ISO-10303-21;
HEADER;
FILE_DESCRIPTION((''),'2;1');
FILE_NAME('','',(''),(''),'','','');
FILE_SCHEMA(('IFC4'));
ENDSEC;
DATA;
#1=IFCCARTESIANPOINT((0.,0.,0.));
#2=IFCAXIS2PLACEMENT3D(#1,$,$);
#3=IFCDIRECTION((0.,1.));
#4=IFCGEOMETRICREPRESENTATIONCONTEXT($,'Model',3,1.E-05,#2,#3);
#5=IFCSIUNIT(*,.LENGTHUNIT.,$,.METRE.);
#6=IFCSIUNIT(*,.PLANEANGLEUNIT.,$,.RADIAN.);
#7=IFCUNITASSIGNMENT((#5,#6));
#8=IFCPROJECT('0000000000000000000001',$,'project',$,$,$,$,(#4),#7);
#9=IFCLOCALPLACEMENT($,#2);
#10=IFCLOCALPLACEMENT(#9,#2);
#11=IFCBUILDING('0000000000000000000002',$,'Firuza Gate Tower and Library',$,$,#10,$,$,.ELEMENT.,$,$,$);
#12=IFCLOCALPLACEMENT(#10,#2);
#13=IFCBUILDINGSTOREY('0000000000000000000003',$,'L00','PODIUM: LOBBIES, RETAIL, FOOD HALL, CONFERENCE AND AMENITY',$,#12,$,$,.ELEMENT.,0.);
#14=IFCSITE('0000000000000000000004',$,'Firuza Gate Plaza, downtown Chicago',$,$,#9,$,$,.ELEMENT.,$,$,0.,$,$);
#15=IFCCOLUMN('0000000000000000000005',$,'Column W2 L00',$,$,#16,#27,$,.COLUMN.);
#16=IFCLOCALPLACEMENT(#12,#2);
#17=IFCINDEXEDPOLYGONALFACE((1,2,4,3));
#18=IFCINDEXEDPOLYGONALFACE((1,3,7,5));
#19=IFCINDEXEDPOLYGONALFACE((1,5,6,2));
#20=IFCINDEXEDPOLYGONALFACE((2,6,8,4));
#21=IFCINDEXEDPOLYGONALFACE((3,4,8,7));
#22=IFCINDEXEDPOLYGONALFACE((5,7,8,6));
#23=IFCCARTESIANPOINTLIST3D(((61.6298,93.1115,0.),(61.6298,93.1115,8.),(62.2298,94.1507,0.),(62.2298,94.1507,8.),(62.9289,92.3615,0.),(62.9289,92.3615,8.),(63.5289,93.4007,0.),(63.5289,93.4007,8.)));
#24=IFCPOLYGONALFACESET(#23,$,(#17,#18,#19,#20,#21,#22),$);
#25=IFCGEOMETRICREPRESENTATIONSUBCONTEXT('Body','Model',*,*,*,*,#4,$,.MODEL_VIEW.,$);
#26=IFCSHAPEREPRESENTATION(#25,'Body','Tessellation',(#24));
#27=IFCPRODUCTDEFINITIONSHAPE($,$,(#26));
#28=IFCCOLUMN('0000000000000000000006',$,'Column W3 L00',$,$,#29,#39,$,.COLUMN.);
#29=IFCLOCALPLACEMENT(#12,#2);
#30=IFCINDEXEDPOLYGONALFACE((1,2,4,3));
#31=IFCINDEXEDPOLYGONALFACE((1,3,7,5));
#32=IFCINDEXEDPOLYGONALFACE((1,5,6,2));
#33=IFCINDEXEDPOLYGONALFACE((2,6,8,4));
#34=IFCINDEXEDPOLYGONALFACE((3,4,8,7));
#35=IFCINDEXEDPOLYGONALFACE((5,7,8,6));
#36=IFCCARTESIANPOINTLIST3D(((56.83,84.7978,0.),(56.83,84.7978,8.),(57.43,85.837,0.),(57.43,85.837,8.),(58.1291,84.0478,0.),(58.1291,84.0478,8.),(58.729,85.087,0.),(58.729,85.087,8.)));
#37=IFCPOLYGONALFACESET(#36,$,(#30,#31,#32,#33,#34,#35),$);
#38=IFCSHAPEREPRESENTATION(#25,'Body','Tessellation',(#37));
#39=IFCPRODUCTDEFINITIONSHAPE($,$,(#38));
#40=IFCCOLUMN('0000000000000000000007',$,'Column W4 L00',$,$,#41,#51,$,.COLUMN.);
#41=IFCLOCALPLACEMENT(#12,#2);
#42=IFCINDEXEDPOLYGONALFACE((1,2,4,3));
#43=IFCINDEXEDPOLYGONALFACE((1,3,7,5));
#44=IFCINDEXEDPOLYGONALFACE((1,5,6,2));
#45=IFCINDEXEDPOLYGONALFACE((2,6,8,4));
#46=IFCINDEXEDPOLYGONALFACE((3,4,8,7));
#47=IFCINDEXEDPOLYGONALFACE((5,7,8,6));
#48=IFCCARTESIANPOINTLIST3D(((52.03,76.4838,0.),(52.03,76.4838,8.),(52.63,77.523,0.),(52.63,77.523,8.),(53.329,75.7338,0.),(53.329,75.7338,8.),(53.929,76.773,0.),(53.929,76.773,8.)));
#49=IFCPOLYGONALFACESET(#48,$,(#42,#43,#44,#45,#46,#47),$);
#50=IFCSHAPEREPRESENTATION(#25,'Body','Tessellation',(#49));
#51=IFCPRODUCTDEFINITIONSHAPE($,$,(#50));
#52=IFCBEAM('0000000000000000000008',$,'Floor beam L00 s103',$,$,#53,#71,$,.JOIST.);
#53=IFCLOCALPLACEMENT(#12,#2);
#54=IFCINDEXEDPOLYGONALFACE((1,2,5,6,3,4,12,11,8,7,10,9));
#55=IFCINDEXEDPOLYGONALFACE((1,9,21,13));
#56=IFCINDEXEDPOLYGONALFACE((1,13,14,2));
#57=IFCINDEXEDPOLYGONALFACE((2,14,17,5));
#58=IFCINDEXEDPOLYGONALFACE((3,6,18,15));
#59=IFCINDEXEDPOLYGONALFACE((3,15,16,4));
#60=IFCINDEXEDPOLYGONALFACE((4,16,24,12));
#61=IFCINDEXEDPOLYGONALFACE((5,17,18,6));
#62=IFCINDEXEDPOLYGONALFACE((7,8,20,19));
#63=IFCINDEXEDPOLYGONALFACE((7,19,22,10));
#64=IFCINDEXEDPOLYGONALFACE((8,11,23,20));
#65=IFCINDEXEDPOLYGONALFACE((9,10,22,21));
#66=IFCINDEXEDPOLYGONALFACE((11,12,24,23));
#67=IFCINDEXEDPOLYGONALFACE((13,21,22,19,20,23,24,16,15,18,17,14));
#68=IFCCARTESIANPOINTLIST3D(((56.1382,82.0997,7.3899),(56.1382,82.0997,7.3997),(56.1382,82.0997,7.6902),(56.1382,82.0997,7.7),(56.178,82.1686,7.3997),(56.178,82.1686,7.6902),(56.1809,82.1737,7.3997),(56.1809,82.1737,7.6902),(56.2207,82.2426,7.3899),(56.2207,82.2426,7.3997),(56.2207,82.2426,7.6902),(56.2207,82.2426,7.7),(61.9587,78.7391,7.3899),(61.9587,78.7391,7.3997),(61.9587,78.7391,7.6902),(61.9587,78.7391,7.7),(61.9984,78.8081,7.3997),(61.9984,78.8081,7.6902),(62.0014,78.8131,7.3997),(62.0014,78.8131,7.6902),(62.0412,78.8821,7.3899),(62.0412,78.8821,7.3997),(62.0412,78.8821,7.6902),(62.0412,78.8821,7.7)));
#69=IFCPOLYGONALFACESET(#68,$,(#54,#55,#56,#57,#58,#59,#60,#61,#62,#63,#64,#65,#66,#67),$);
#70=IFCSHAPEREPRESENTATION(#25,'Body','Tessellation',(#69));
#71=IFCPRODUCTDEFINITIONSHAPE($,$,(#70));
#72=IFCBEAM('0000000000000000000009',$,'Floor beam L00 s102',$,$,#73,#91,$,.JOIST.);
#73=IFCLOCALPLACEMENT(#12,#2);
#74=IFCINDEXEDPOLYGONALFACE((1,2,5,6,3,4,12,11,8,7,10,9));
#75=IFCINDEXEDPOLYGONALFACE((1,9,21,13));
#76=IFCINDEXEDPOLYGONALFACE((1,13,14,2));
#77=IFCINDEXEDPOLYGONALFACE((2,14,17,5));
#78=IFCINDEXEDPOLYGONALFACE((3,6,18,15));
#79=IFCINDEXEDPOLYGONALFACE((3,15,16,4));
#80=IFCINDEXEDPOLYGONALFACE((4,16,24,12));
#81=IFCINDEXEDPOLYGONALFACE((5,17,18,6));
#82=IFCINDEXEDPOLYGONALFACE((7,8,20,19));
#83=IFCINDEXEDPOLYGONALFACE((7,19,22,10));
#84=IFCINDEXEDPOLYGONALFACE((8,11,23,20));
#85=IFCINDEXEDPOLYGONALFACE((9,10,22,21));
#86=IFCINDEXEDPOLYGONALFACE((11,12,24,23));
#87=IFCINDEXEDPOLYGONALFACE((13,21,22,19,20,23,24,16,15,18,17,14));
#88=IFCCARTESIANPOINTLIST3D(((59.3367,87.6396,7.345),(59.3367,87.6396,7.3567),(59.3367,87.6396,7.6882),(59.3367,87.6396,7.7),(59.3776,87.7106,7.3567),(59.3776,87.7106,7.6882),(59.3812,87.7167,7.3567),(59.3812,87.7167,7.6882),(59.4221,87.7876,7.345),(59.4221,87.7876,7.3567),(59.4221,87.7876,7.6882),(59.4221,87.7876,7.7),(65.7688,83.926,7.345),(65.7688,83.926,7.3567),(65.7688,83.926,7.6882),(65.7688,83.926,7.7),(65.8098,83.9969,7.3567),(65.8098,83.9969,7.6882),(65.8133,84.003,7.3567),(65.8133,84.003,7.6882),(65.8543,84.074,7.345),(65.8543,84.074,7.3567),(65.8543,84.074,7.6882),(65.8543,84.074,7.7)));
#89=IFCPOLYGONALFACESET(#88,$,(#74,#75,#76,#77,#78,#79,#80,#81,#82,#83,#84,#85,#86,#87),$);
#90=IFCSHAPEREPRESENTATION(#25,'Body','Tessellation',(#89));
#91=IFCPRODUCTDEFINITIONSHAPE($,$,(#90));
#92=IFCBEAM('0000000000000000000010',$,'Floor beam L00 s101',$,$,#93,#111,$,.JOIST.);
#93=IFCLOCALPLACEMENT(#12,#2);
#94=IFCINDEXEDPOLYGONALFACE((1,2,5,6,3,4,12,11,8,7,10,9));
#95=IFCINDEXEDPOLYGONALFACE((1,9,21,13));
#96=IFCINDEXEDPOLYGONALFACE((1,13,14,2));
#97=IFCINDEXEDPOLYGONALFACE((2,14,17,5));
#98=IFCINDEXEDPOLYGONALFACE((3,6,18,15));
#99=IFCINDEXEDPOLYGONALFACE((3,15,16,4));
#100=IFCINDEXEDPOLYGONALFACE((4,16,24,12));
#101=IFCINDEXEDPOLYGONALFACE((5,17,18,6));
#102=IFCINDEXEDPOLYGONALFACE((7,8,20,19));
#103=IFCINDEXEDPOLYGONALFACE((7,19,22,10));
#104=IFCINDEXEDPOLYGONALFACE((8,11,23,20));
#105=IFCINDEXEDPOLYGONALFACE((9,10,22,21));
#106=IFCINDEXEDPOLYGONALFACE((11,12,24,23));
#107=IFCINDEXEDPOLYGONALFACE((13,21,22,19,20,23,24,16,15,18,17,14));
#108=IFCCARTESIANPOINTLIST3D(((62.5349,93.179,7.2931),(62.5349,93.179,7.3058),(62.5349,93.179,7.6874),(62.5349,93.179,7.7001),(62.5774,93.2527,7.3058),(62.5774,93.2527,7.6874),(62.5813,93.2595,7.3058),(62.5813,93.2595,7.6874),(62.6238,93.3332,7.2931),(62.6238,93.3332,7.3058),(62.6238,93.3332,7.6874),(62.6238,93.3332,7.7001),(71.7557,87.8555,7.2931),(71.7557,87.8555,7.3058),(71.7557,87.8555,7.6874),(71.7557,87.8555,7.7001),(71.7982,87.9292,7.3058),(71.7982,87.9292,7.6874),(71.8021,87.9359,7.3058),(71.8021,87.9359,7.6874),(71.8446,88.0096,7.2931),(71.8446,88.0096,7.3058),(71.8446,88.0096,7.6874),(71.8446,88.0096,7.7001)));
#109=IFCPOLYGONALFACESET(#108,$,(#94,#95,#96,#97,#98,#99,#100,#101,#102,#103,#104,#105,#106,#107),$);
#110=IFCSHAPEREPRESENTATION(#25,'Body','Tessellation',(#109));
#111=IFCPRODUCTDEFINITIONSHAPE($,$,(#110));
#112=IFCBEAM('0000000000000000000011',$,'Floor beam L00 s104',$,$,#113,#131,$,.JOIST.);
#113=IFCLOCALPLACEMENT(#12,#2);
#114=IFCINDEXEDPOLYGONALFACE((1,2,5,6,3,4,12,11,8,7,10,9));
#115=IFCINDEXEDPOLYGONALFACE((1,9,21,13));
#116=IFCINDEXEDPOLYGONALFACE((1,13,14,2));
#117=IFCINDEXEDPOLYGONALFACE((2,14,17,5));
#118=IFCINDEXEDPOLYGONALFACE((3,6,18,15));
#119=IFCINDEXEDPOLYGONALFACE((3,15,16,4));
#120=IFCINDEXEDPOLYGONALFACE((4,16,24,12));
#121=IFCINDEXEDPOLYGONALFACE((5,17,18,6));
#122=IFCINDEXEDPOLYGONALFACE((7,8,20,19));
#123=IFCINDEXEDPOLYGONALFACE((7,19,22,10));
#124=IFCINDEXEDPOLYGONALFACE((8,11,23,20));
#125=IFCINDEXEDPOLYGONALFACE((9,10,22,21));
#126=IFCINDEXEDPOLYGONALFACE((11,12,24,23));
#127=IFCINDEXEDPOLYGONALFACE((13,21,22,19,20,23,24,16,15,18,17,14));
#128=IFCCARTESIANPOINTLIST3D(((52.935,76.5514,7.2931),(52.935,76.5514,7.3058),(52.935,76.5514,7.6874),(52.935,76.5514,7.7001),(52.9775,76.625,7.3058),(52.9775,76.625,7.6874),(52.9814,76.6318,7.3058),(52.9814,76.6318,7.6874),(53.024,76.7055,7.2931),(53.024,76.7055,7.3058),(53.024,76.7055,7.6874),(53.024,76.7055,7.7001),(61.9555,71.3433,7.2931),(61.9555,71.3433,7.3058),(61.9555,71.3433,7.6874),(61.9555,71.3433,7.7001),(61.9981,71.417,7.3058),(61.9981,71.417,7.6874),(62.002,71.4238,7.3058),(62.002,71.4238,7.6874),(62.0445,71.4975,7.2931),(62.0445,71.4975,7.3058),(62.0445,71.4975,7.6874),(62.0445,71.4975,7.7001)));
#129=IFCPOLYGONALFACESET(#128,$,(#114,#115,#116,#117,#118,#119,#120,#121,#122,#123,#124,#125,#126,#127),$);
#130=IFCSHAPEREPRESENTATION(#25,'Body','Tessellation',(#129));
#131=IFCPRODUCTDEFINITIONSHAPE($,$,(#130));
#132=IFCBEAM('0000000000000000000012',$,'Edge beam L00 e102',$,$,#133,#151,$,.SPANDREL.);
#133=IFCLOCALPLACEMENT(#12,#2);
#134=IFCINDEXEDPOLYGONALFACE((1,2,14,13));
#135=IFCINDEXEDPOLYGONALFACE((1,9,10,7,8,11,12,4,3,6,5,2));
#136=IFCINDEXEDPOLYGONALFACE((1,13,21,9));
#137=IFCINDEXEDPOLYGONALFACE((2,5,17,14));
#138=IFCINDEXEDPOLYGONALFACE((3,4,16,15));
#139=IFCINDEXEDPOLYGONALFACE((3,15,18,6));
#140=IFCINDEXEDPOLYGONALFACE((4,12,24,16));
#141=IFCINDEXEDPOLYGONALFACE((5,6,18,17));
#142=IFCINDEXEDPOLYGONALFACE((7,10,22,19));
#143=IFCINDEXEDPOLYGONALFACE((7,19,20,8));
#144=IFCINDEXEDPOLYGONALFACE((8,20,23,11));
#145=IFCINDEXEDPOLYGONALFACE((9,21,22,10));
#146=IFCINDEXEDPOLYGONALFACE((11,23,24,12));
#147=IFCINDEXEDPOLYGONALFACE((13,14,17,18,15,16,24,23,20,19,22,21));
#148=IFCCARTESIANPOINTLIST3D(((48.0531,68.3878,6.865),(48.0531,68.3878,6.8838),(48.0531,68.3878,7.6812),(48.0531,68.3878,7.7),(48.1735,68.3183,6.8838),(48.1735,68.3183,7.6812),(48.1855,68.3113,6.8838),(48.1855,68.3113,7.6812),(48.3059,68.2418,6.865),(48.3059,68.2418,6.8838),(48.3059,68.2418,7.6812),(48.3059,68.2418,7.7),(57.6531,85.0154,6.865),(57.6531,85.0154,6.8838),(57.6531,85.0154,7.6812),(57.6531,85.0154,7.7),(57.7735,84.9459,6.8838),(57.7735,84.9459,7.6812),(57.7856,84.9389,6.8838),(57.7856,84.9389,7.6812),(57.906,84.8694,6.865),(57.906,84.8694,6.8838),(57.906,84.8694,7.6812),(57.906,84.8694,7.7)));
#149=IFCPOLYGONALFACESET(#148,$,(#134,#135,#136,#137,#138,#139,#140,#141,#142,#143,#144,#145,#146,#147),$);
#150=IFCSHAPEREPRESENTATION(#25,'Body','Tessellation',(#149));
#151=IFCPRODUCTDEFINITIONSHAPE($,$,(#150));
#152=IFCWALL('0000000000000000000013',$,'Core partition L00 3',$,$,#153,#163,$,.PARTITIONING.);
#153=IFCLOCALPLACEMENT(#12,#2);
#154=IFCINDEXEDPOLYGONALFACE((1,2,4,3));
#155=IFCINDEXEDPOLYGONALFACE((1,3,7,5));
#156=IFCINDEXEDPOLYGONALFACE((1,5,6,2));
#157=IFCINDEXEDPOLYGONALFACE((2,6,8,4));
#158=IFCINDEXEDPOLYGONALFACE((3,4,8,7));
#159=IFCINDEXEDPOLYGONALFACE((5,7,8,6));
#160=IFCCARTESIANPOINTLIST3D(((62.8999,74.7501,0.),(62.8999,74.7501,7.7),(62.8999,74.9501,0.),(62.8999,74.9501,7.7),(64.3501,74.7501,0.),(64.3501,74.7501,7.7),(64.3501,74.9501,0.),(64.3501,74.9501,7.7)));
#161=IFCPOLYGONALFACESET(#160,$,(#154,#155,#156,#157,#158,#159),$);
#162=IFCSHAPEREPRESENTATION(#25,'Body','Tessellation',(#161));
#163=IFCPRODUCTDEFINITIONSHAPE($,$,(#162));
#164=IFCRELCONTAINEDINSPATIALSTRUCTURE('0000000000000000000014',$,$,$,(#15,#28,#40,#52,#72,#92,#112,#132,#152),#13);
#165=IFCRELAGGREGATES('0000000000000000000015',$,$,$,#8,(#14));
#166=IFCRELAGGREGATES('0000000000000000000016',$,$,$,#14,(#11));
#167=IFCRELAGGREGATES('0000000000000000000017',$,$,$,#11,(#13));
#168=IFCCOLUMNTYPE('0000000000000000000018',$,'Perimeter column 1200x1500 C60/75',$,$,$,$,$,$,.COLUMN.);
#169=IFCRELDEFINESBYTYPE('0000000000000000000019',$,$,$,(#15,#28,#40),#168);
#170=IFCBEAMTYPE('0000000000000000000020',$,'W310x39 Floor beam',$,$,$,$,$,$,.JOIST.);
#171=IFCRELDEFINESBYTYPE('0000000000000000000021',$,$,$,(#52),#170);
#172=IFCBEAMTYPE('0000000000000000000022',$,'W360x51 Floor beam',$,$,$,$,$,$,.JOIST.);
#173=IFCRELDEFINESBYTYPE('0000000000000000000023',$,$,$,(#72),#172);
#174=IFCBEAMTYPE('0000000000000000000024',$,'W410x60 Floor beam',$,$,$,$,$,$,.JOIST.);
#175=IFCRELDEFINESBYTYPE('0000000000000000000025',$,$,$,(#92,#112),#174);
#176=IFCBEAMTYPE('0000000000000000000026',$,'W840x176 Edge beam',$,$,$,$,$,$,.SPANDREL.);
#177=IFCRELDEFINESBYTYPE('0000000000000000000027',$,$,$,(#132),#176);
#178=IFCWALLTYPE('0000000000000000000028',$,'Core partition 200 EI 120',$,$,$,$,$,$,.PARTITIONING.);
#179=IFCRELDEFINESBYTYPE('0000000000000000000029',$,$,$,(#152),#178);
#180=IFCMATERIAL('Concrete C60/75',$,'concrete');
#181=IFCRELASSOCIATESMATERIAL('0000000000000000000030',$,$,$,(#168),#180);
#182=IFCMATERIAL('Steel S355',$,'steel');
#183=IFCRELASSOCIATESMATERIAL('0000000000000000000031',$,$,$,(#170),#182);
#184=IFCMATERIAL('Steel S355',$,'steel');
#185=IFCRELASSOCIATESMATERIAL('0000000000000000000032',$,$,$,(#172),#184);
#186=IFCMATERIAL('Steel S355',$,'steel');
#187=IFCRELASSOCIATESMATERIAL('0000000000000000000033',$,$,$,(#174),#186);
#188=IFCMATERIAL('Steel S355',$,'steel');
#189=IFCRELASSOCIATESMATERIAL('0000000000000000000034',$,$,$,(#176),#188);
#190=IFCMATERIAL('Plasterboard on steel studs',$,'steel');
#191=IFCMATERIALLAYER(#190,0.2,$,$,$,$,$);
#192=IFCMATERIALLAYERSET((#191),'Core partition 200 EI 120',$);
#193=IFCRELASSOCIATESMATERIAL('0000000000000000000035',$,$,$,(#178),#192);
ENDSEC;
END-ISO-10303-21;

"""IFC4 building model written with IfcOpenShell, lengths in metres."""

from ifc_helpers import new_model, si_unit, direction, frame, frame_2d, origin, origin_2d, place, context, subcontext, project, spatial, rectangle, i_section, extrude, material, layer, layer_set, material_profile, profile_set, type_object, element, save


model = new_model("IFC4")

# Units and contexts
model_context = context("Model", 3, precision=1e-05, world=origin(), true_north=direction((0.0, 1.0)))
body_context = subcontext(model_context, "Body", "Model", "MODEL_VIEW")
ifc_project = project(units=[si_unit("LENGTHUNIT", "METRE"), si_unit("PLANEANGLEUNIT", "RADIAN")], contexts=[model_context])

# Site, building, storey
site_placement = place(None, origin())
site = spatial("IfcSite", under=ifc_project, at=site_placement, Name="Firuza Gate Plaza, downtown Chicago", CompositionType="ELEMENT", RefElevation=0.0)
building_placement = place(site_placement, origin())
building = spatial("IfcBuilding", under=site, at=building_placement, Name="Firuza Gate Tower and Library", CompositionType="ELEMENT")
storey_placement = place(building_placement, origin())
storey = spatial("IfcBuildingStorey", under=building, at=storey_placement, Name="L00", Description="PODIUM: LOBBIES, RETAIL, FOOD HALL, CONFERENCE AND AMENITY", CompositionType="ELEMENT", Elevation=0.0)

# Columns
ifc_material_1 = material(Name="Concrete C60/75", Category="concrete")
ifc_material_profile_1 = material_profile(ifc_material_1, rectangle(XDim=1.2, YDim=1.5, at=origin_2d()))
ifc_profile_set_1 = profile_set([ifc_material_profile_1], Name="Concrete C60/75")
column_type = type_object("IfcColumnType", Name="Perimeter column 1200x1500 C60/75", PredefinedType="COLUMN", material=ifc_profile_set_1)
for number, where, z_axis, x_axis, name in (
    (1, (62.5793, 93.2561, 0.0), (0.0, 0.0, 1.0), (-0.5, -0.866025, 0.0), "Column W2 L00"),
    (2, (57.7795, 84.9424, 0.0), (0.0, 0.0, 1.0), (-0.5, -0.866025, 0.0), "Column W3 L00"),
    (3, (52.9795, 76.6284, 0.0), (0.0, 0.0, 1.0), (-0.5, -0.866025, 0.0), "Column W4 L00"),
):
    element("IfcColumn", number, at=place(storey_placement, frame(where, z_axis=z_axis, x_axis=x_axis)), inside=storey, type_object=column_type, Name=name, PredefinedType="COLUMN", context=body_context, shape_type="SweptSolid", body=[
        extrude(rectangle(XDim=1.2, YDim=1.5, at=origin_2d()), origin(), (0.0, 0.0, 1.0), 8.0),
    ])

# Beams
ifc_material_2 = material(Name="Steel S355", Category="steel")
ifc_material_profile_2 = material_profile(ifc_material_2, i_section(OverallWidth=0.165, OverallDepth=0.3101, WebThickness=0.0059, FlangeThickness=0.0098, at=origin_2d()))
ifc_profile_set_2 = profile_set([ifc_material_profile_2], Name="Steel S355")
beam_type_1 = type_object("IfcBeamType", Name="W310x39 Floor beam", PredefinedType="JOIST", material=ifc_profile_set_2)
beam_1_placement = place(storey_placement, frame((56.1794, 82.1711, 7.5449), z_axis=(0.866019, -0.500011, 0.0), x_axis=(0.500011, 0.866019, 0.0)))
element("IfcBeam", 4, at=beam_1_placement, inside=storey, type_object=beam_type_1, Name="Floor beam L00 s103", PredefinedType="JOIST", context=body_context, shape_type="SweptSolid", body=[
    extrude(i_section(OverallWidth=0.165, OverallDepth=0.3101, WebThickness=0.0059, FlangeThickness=0.0098, at=origin_2d()), origin(), (0.0, 0.0, 1.0), 6.7209),
])
ifc_material_3 = material(Name="Steel S355", Category="steel")
ifc_material_profile_3 = material_profile(ifc_material_3, i_section(OverallWidth=0.1709, OverallDepth=0.355, WebThickness=0.0071, FlangeThickness=0.0117, at=origin_2d()))
ifc_profile_set_3 = profile_set([ifc_material_profile_3], Name="Steel S355")
beam_type_2 = type_object("IfcBeamType", Name="W360x51 Floor beam", PredefinedType="JOIST", material=ifc_profile_set_3)
beam_2_placement = place(storey_placement, frame((59.3794, 87.7136, 7.5225), z_axis=(0.866024, -0.500003, 0.0), x_axis=(0.500003, 0.866024, 0.0)))
element("IfcBeam", 5, at=beam_2_placement, inside=storey, type_object=beam_type_2, Name="Floor beam L00 s102", PredefinedType="JOIST", context=body_context, shape_type="SweptSolid", body=[
    extrude(i_section(OverallWidth=0.1709, OverallDepth=0.355, WebThickness=0.0071, FlangeThickness=0.0117, at=origin_2d()), origin(), (0.0, 0.0, 1.0), 7.4272),
])
ifc_material_4 = material(Name="Steel S355", Category="steel")
ifc_material_profile_4 = material_profile(ifc_material_4, i_section(OverallWidth=0.178, OverallDepth=0.407, WebThickness=0.0078, FlangeThickness=0.0127, at=origin_2d()))
ifc_profile_set_4 = profile_set([ifc_material_profile_4], Name="Steel S355")
beam_type_3 = type_object("IfcBeamType", Name="W410x60 Floor beam", PredefinedType="JOIST", material=ifc_profile_set_4)
beam_3_placement = place(storey_placement, frame((62.5793, 93.2561, 7.4966), z_axis=(0.866029, -0.499994, 0.0), x_axis=(0.499994, 0.866029, 0.0)))
element("IfcBeam", 6, at=beam_3_placement, inside=storey, type_object=beam_type_3, Name="Floor beam L00 s101", PredefinedType="JOIST", context=body_context, shape_type="SweptSolid", body=[
    extrude(i_section(OverallWidth=0.178, OverallDepth=0.407, WebThickness=0.0078, FlangeThickness=0.0127, at=origin_2d()), origin(), (0.0, 0.0, 1.0), 10.6472),
])
beam_4_placement = place(storey_placement, frame((52.9795, 76.6284, 7.4966), z_axis=(0.866025, -0.500001, 0.0), x_axis=(0.500001, 0.866025, 0.0)))
element("IfcBeam", 7, at=beam_4_placement, inside=storey, type_object=beam_type_3, Name="Floor beam L00 s104", PredefinedType="JOIST", context=body_context, shape_type="SweptSolid", body=[
    extrude(i_section(OverallWidth=0.178, OverallDepth=0.407, WebThickness=0.0078, FlangeThickness=0.0127, at=origin_2d()), origin(), (0.0, 0.0, 1.0), 10.416),
])
ifc_material_5 = material(Name="Steel S355", Category="steel")
ifc_material_profile_5 = material_profile(ifc_material_5, i_section(OverallWidth=0.292, OverallDepth=0.835, WebThickness=0.0139, FlangeThickness=0.0188, at=origin_2d()))
ifc_profile_set_5 = profile_set([ifc_material_profile_5], Name="Steel S355")
beam_type_4 = type_object("IfcBeamType", Name="W840x176 Edge beam", PredefinedType="SPANDREL", material=ifc_profile_set_5)
beam_5_placement = place(storey_placement, frame((57.7795, 84.9424, 7.2825), z_axis=(-0.500004, -0.866023, 0.0), x_axis=(0.866023, -0.500004, 0.0)))
element("IfcBeam", 8, at=beam_5_placement, inside=storey, type_object=beam_type_4, Name="Edge beam L00 e102", PredefinedType="SPANDREL", context=body_context, shape_type="SweptSolid", body=[
    extrude(i_section(OverallWidth=0.292, OverallDepth=0.835, WebThickness=0.0139, FlangeThickness=0.0188, at=origin_2d()), origin(), (0.0, 0.0, 1.0), 19.2),
])

# Wall
ifc_material_6 = material(Name="Plasterboard on steel studs", Category="steel")
ifc_layer_1 = layer(ifc_material_6, 0.2)
ifc_layer_set_1 = layer_set([ifc_layer_1], Name="Core partition 200 EI 120")
wall_type_1 = type_object("IfcWallType", Name="Core partition 200 EI 120", PredefinedType="PARTITIONING", material=ifc_layer_set_1)
wall_1_placement = place(storey_placement, frame((62.8999, 74.8501, 0.0), z_axis=(0.0, 0.0, 1.0), x_axis=(1.0, 0.0, 0.0)))
element("IfcWall", 9, at=wall_1_placement, inside=storey, type_object=wall_type_1, Name="Core partition L00 3", PredefinedType="PARTITIONING", context=body_context, shape_type="SweptSolid", body=[
    extrude(rectangle(XDim=1.4502, YDim=0.2, at=frame_2d((0.7251, 0.0))), origin(), (0.0, 0.0, 1.0), 7.7),
])

save(model, "model.ifc")
